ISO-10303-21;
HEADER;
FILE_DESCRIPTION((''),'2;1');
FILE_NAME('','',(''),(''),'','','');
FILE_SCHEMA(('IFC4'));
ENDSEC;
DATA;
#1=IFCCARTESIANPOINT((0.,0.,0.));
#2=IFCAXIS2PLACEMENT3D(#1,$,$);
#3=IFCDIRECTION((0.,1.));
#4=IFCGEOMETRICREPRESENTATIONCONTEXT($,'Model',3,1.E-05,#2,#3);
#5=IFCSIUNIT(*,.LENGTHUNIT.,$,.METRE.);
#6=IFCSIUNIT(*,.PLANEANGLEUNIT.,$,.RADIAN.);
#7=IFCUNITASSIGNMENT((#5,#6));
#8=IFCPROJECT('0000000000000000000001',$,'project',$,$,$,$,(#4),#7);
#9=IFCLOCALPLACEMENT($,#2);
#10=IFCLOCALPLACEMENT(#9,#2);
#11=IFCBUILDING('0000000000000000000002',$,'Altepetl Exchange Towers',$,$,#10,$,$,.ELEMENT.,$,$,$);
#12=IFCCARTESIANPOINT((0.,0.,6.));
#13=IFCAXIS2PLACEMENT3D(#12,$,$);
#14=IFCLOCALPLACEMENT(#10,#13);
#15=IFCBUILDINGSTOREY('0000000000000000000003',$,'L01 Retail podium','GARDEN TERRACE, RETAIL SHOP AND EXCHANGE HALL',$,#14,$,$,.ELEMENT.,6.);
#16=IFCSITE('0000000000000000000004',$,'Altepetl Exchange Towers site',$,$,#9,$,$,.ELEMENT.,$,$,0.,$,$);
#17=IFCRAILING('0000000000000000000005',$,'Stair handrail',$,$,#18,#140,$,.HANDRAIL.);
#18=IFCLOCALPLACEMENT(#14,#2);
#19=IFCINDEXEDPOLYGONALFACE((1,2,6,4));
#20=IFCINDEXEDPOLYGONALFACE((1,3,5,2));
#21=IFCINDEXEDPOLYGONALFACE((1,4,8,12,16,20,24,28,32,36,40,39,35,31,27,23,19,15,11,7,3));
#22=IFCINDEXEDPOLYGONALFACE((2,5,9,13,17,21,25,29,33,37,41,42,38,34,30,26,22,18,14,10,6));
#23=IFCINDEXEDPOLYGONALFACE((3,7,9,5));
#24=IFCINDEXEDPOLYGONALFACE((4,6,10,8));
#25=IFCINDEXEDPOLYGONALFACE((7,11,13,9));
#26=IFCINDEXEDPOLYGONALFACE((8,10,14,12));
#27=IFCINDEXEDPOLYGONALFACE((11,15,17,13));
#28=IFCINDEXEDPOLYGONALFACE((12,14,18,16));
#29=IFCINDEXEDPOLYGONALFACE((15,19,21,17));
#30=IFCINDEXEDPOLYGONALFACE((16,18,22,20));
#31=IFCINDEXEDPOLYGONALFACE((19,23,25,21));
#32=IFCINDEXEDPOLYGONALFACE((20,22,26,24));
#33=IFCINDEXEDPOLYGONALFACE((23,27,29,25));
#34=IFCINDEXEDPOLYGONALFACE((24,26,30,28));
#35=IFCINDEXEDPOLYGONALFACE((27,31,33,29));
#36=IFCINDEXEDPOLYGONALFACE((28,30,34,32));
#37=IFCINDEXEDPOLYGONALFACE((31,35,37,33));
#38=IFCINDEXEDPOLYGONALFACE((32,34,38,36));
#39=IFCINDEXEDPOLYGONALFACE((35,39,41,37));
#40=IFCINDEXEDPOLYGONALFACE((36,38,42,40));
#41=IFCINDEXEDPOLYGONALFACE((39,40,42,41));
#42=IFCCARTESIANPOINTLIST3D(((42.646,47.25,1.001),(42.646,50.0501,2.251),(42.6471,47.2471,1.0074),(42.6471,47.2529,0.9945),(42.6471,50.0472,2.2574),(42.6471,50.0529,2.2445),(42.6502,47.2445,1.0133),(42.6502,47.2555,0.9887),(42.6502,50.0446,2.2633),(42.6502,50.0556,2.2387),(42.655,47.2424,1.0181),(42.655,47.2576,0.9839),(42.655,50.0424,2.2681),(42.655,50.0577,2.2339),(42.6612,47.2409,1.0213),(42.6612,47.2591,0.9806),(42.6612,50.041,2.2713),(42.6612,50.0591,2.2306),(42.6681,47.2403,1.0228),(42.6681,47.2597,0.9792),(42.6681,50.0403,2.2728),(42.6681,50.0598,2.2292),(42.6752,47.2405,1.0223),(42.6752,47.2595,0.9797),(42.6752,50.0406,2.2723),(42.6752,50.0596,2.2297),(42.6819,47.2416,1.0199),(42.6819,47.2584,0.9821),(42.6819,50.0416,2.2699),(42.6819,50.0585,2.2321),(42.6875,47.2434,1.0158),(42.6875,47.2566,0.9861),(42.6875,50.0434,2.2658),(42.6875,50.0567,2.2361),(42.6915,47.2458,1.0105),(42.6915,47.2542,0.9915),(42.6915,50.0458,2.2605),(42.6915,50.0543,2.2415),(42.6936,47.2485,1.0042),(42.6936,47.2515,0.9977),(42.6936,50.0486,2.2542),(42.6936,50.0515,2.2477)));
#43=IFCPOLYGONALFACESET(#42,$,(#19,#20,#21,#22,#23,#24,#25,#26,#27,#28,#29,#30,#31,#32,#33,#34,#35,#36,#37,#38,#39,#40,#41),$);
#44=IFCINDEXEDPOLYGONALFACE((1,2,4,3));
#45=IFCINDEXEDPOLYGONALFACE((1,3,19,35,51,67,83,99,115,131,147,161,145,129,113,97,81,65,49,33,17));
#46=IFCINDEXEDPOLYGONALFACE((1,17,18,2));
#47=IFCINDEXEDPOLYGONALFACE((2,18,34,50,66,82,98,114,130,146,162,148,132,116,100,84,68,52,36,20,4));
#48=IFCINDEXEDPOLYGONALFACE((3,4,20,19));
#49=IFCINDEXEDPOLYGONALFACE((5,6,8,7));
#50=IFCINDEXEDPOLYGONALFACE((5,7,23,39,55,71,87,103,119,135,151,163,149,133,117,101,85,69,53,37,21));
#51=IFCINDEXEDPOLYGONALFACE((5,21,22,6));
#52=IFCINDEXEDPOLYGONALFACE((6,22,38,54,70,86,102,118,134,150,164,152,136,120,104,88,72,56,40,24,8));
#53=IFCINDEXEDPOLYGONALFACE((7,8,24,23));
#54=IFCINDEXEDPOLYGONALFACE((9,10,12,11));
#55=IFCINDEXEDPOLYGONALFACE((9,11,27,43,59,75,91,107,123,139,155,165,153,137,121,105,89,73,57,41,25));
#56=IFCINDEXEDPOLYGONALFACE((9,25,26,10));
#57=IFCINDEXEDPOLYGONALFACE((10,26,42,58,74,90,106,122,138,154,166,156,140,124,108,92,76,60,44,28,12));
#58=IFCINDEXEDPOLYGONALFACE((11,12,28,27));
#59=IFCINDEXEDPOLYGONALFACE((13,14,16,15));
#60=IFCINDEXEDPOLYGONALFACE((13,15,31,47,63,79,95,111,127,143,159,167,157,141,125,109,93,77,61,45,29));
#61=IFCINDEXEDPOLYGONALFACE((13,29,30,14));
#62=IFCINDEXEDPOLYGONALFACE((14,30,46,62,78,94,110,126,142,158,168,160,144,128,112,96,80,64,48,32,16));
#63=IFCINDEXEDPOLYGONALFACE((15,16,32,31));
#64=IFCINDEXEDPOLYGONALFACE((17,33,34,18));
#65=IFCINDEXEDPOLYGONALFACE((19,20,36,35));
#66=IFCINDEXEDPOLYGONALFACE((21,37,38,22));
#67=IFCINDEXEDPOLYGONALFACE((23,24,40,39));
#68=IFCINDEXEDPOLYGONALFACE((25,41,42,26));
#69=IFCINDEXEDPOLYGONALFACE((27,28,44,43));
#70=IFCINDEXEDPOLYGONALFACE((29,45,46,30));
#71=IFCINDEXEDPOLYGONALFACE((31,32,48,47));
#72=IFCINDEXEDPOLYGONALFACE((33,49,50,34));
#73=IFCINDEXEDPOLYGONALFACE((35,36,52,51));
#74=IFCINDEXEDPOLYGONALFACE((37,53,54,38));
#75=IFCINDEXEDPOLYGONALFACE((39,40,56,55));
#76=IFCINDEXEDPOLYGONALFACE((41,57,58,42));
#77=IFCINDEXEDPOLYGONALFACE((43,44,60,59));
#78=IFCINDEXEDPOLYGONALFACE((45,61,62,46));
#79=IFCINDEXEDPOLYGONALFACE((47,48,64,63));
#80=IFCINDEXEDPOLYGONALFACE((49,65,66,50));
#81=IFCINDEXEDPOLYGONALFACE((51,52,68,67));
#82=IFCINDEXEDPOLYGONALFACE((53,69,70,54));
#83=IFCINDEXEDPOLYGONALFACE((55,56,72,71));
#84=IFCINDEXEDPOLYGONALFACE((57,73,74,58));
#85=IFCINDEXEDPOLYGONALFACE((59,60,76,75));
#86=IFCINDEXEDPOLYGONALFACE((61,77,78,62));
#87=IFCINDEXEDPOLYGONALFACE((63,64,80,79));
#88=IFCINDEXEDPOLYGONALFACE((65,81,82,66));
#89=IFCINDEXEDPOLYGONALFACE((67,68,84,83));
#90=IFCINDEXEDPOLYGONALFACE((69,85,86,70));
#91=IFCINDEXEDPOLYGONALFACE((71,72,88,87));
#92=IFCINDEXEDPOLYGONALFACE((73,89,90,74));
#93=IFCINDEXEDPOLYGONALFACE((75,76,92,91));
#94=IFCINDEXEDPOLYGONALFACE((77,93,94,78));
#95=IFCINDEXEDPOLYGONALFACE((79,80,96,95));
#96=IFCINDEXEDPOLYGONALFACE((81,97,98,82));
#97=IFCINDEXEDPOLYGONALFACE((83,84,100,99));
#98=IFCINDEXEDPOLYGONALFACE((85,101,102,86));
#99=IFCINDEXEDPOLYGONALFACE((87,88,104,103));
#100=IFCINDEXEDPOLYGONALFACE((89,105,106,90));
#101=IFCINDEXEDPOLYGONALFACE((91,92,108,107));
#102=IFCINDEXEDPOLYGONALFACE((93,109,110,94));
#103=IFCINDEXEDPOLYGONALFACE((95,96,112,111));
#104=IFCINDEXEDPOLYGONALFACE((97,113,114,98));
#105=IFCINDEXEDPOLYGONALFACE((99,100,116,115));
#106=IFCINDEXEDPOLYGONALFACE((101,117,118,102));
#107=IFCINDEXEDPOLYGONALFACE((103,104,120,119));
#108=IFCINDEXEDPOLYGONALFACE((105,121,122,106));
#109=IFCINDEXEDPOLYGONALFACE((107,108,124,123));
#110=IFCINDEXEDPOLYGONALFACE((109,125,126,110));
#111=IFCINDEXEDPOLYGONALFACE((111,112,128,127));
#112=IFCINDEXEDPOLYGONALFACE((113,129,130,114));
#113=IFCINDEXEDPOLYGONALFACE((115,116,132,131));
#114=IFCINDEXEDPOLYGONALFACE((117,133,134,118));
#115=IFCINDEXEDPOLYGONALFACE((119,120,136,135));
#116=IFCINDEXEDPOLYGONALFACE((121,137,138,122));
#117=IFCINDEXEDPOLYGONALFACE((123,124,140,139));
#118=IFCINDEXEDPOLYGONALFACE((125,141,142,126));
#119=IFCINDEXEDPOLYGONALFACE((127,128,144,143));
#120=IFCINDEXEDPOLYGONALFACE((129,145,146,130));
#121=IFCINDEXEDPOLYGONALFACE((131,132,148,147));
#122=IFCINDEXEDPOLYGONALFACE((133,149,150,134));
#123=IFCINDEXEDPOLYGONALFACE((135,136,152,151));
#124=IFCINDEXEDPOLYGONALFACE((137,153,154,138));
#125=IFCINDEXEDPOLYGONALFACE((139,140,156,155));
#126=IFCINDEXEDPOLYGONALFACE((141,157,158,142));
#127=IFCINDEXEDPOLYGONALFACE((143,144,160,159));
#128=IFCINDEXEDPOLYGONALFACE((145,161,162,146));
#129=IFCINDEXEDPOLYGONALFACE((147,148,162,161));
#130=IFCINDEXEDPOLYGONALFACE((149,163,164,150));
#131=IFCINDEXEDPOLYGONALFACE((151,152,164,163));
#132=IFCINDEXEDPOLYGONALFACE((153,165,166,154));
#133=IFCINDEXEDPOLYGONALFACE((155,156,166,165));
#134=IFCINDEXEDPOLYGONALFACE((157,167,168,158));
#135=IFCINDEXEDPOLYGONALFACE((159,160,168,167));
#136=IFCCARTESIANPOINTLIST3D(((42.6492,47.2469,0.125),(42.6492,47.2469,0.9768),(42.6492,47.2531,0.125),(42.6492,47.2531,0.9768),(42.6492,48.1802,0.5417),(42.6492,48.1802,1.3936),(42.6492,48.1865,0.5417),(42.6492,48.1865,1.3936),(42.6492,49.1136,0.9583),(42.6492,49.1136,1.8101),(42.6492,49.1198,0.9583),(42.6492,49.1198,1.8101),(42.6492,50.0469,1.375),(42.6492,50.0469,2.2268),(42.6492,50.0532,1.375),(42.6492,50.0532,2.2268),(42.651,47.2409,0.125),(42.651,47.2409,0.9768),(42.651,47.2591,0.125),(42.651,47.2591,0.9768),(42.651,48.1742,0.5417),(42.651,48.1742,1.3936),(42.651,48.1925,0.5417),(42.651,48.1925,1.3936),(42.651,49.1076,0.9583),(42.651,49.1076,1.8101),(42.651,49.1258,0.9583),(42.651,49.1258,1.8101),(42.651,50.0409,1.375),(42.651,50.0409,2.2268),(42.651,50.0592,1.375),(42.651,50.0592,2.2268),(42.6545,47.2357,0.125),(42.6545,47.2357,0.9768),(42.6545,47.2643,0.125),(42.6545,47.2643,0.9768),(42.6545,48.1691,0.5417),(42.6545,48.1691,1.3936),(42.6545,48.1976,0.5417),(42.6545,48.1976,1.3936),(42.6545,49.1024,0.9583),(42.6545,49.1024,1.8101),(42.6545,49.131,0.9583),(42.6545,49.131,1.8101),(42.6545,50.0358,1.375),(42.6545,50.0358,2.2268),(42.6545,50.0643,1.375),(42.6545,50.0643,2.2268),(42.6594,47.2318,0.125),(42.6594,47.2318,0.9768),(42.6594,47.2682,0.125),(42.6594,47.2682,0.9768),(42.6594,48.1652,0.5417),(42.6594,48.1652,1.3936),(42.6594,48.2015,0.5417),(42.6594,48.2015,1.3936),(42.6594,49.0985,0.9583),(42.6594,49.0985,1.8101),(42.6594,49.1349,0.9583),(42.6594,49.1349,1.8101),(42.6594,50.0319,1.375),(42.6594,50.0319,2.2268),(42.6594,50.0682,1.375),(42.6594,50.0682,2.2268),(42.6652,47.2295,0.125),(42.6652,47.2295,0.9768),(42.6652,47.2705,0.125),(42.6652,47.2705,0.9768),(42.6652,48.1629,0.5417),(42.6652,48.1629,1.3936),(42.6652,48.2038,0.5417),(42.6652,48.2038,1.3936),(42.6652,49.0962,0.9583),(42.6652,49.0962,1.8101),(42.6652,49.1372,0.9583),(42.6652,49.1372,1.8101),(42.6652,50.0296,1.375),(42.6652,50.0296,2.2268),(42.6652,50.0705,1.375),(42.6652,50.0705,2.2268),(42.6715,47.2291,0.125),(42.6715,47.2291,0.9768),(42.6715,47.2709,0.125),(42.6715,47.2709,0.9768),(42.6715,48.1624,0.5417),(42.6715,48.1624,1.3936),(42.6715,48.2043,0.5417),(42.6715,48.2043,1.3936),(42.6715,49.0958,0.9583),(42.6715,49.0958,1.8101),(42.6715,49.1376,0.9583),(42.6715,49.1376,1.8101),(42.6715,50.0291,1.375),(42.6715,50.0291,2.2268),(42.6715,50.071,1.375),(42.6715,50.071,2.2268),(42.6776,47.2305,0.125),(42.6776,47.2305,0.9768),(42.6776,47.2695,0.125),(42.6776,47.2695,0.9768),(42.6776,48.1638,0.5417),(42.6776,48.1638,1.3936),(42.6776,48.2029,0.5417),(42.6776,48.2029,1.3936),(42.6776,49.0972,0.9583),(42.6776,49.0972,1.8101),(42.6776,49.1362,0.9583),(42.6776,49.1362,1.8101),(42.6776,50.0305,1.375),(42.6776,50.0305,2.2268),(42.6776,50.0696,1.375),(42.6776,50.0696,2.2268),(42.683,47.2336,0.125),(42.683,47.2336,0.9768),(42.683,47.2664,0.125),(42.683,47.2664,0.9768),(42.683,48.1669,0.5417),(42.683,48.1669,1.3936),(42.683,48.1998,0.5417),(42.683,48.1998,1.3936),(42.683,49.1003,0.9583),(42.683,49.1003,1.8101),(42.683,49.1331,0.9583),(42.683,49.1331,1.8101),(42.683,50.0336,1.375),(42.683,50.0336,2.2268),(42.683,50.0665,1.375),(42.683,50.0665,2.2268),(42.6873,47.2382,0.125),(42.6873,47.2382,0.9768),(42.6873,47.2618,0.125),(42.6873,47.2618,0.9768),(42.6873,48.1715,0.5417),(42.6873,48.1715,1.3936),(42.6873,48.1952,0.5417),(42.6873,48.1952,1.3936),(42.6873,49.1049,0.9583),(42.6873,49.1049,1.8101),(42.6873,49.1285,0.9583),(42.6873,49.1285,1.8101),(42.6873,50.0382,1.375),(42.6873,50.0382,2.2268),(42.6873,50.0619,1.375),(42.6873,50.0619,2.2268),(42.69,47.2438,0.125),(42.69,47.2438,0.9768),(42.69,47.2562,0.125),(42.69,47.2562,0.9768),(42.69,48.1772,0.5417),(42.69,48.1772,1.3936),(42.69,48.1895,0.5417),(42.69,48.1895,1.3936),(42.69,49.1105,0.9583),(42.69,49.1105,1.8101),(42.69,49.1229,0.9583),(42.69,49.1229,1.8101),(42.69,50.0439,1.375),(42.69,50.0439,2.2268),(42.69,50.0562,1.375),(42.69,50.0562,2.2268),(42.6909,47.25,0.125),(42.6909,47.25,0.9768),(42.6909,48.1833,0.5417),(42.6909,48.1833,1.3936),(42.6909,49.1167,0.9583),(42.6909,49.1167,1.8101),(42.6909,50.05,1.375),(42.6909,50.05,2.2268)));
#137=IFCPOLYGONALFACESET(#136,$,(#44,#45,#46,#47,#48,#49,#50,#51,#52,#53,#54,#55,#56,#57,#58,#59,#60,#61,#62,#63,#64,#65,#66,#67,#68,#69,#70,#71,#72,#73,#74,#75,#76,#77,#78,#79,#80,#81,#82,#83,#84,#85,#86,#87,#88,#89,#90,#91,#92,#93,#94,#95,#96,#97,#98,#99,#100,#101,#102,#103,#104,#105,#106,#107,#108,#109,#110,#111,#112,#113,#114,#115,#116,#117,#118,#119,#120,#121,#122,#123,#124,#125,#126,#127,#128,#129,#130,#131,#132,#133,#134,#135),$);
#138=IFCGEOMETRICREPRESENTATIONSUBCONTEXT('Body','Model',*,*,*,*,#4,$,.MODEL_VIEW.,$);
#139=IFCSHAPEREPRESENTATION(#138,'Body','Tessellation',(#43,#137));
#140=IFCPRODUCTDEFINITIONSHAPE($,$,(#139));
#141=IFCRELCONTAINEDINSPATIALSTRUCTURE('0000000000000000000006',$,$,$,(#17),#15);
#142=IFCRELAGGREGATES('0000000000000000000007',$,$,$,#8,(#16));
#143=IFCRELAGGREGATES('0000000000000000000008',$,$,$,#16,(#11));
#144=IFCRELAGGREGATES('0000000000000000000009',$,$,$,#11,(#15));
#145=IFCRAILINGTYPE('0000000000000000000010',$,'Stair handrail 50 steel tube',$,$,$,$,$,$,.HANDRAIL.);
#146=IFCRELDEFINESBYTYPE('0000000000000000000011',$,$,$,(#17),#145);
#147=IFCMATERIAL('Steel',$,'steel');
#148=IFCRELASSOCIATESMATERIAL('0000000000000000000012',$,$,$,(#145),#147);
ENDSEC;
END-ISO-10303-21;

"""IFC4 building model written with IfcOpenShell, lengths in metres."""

from ifc_helpers import new_model, si_unit, direction, frame, origin, origin_2d, place, context, subcontext, project, spatial, circle, extrude, source, transform, mapped, material, type_object, element, save


model = new_model("IFC4")

# Units and contexts
model_context = context("Model", 3, precision=1e-05, world=origin(), true_north=direction((0.0, 1.0)))
body_context = subcontext(model_context, "Body", "Model", "MODEL_VIEW")
ifc_project = project(units=[si_unit("LENGTHUNIT", "METRE"), si_unit("PLANEANGLEUNIT", "RADIAN")], contexts=[model_context])

# Site, building, storey
site_placement = place(None, origin())
site = spatial("IfcSite", under=ifc_project, at=site_placement, Name="Altepetl Exchange Towers site", CompositionType="ELEMENT", RefElevation=0.0)
building_placement = place(site_placement, origin())
building = spatial("IfcBuilding", under=site, at=building_placement, Name="Altepetl Exchange Towers", CompositionType="ELEMENT")
storey_placement = place(building_placement, frame((0.0, 0.0, 6.0)))
storey = spatial("IfcBuildingStorey", under=building, at=storey_placement, Name="L01 Retail podium", Description="GARDEN TERRACE, RETAIL SHOP AND EXCHANGE HALL", CompositionType="ELEMENT", Elevation=6.0)

# Railing
ifc_material_1 = material(Name="Steel", Category="steel")
railing_type = type_object("IfcRailingType", Name="Stair handrail 50 steel tube", PredefinedType="HANDRAIL", material=ifc_material_1)
shared_shape = source(origin(), body_context, "Body", "SweptSolid", [
    extrude(circle(Radius=0.021, at=origin_2d()), origin(), (0.0, 0.0, 1.0), 0.8518),
])
railing_1_placement = place(storey_placement, frame((42.6699, 47.25, 0.125)))
element("IfcRailing", 1, at=railing_1_placement, inside=storey, type_object=railing_type, Name="Stair handrail", PredefinedType="HANDRAIL", context=body_context, shape_type="SweptSolid", body=[
    extrude(circle(Radius=0.0239, at=origin_2d()), frame((0.0, 0.0, 0.876), z_axis=(0.0, 0.913141, 0.407645), x_axis=(-1.0, 0.0, 0.0)), (0.0, 0.0, 1.0), 3.0664),
    mapped(shared_shape, transform((0.0, 0.0, 0.0))),
    mapped(shared_shape, transform((0.0, 0.9333, 0.4167))),
    mapped(shared_shape, transform((0.0, 1.8667, 0.8333))),
    mapped(shared_shape, transform((0.0, 2.8, 1.25))),
])

save(model, "model.ifc")
